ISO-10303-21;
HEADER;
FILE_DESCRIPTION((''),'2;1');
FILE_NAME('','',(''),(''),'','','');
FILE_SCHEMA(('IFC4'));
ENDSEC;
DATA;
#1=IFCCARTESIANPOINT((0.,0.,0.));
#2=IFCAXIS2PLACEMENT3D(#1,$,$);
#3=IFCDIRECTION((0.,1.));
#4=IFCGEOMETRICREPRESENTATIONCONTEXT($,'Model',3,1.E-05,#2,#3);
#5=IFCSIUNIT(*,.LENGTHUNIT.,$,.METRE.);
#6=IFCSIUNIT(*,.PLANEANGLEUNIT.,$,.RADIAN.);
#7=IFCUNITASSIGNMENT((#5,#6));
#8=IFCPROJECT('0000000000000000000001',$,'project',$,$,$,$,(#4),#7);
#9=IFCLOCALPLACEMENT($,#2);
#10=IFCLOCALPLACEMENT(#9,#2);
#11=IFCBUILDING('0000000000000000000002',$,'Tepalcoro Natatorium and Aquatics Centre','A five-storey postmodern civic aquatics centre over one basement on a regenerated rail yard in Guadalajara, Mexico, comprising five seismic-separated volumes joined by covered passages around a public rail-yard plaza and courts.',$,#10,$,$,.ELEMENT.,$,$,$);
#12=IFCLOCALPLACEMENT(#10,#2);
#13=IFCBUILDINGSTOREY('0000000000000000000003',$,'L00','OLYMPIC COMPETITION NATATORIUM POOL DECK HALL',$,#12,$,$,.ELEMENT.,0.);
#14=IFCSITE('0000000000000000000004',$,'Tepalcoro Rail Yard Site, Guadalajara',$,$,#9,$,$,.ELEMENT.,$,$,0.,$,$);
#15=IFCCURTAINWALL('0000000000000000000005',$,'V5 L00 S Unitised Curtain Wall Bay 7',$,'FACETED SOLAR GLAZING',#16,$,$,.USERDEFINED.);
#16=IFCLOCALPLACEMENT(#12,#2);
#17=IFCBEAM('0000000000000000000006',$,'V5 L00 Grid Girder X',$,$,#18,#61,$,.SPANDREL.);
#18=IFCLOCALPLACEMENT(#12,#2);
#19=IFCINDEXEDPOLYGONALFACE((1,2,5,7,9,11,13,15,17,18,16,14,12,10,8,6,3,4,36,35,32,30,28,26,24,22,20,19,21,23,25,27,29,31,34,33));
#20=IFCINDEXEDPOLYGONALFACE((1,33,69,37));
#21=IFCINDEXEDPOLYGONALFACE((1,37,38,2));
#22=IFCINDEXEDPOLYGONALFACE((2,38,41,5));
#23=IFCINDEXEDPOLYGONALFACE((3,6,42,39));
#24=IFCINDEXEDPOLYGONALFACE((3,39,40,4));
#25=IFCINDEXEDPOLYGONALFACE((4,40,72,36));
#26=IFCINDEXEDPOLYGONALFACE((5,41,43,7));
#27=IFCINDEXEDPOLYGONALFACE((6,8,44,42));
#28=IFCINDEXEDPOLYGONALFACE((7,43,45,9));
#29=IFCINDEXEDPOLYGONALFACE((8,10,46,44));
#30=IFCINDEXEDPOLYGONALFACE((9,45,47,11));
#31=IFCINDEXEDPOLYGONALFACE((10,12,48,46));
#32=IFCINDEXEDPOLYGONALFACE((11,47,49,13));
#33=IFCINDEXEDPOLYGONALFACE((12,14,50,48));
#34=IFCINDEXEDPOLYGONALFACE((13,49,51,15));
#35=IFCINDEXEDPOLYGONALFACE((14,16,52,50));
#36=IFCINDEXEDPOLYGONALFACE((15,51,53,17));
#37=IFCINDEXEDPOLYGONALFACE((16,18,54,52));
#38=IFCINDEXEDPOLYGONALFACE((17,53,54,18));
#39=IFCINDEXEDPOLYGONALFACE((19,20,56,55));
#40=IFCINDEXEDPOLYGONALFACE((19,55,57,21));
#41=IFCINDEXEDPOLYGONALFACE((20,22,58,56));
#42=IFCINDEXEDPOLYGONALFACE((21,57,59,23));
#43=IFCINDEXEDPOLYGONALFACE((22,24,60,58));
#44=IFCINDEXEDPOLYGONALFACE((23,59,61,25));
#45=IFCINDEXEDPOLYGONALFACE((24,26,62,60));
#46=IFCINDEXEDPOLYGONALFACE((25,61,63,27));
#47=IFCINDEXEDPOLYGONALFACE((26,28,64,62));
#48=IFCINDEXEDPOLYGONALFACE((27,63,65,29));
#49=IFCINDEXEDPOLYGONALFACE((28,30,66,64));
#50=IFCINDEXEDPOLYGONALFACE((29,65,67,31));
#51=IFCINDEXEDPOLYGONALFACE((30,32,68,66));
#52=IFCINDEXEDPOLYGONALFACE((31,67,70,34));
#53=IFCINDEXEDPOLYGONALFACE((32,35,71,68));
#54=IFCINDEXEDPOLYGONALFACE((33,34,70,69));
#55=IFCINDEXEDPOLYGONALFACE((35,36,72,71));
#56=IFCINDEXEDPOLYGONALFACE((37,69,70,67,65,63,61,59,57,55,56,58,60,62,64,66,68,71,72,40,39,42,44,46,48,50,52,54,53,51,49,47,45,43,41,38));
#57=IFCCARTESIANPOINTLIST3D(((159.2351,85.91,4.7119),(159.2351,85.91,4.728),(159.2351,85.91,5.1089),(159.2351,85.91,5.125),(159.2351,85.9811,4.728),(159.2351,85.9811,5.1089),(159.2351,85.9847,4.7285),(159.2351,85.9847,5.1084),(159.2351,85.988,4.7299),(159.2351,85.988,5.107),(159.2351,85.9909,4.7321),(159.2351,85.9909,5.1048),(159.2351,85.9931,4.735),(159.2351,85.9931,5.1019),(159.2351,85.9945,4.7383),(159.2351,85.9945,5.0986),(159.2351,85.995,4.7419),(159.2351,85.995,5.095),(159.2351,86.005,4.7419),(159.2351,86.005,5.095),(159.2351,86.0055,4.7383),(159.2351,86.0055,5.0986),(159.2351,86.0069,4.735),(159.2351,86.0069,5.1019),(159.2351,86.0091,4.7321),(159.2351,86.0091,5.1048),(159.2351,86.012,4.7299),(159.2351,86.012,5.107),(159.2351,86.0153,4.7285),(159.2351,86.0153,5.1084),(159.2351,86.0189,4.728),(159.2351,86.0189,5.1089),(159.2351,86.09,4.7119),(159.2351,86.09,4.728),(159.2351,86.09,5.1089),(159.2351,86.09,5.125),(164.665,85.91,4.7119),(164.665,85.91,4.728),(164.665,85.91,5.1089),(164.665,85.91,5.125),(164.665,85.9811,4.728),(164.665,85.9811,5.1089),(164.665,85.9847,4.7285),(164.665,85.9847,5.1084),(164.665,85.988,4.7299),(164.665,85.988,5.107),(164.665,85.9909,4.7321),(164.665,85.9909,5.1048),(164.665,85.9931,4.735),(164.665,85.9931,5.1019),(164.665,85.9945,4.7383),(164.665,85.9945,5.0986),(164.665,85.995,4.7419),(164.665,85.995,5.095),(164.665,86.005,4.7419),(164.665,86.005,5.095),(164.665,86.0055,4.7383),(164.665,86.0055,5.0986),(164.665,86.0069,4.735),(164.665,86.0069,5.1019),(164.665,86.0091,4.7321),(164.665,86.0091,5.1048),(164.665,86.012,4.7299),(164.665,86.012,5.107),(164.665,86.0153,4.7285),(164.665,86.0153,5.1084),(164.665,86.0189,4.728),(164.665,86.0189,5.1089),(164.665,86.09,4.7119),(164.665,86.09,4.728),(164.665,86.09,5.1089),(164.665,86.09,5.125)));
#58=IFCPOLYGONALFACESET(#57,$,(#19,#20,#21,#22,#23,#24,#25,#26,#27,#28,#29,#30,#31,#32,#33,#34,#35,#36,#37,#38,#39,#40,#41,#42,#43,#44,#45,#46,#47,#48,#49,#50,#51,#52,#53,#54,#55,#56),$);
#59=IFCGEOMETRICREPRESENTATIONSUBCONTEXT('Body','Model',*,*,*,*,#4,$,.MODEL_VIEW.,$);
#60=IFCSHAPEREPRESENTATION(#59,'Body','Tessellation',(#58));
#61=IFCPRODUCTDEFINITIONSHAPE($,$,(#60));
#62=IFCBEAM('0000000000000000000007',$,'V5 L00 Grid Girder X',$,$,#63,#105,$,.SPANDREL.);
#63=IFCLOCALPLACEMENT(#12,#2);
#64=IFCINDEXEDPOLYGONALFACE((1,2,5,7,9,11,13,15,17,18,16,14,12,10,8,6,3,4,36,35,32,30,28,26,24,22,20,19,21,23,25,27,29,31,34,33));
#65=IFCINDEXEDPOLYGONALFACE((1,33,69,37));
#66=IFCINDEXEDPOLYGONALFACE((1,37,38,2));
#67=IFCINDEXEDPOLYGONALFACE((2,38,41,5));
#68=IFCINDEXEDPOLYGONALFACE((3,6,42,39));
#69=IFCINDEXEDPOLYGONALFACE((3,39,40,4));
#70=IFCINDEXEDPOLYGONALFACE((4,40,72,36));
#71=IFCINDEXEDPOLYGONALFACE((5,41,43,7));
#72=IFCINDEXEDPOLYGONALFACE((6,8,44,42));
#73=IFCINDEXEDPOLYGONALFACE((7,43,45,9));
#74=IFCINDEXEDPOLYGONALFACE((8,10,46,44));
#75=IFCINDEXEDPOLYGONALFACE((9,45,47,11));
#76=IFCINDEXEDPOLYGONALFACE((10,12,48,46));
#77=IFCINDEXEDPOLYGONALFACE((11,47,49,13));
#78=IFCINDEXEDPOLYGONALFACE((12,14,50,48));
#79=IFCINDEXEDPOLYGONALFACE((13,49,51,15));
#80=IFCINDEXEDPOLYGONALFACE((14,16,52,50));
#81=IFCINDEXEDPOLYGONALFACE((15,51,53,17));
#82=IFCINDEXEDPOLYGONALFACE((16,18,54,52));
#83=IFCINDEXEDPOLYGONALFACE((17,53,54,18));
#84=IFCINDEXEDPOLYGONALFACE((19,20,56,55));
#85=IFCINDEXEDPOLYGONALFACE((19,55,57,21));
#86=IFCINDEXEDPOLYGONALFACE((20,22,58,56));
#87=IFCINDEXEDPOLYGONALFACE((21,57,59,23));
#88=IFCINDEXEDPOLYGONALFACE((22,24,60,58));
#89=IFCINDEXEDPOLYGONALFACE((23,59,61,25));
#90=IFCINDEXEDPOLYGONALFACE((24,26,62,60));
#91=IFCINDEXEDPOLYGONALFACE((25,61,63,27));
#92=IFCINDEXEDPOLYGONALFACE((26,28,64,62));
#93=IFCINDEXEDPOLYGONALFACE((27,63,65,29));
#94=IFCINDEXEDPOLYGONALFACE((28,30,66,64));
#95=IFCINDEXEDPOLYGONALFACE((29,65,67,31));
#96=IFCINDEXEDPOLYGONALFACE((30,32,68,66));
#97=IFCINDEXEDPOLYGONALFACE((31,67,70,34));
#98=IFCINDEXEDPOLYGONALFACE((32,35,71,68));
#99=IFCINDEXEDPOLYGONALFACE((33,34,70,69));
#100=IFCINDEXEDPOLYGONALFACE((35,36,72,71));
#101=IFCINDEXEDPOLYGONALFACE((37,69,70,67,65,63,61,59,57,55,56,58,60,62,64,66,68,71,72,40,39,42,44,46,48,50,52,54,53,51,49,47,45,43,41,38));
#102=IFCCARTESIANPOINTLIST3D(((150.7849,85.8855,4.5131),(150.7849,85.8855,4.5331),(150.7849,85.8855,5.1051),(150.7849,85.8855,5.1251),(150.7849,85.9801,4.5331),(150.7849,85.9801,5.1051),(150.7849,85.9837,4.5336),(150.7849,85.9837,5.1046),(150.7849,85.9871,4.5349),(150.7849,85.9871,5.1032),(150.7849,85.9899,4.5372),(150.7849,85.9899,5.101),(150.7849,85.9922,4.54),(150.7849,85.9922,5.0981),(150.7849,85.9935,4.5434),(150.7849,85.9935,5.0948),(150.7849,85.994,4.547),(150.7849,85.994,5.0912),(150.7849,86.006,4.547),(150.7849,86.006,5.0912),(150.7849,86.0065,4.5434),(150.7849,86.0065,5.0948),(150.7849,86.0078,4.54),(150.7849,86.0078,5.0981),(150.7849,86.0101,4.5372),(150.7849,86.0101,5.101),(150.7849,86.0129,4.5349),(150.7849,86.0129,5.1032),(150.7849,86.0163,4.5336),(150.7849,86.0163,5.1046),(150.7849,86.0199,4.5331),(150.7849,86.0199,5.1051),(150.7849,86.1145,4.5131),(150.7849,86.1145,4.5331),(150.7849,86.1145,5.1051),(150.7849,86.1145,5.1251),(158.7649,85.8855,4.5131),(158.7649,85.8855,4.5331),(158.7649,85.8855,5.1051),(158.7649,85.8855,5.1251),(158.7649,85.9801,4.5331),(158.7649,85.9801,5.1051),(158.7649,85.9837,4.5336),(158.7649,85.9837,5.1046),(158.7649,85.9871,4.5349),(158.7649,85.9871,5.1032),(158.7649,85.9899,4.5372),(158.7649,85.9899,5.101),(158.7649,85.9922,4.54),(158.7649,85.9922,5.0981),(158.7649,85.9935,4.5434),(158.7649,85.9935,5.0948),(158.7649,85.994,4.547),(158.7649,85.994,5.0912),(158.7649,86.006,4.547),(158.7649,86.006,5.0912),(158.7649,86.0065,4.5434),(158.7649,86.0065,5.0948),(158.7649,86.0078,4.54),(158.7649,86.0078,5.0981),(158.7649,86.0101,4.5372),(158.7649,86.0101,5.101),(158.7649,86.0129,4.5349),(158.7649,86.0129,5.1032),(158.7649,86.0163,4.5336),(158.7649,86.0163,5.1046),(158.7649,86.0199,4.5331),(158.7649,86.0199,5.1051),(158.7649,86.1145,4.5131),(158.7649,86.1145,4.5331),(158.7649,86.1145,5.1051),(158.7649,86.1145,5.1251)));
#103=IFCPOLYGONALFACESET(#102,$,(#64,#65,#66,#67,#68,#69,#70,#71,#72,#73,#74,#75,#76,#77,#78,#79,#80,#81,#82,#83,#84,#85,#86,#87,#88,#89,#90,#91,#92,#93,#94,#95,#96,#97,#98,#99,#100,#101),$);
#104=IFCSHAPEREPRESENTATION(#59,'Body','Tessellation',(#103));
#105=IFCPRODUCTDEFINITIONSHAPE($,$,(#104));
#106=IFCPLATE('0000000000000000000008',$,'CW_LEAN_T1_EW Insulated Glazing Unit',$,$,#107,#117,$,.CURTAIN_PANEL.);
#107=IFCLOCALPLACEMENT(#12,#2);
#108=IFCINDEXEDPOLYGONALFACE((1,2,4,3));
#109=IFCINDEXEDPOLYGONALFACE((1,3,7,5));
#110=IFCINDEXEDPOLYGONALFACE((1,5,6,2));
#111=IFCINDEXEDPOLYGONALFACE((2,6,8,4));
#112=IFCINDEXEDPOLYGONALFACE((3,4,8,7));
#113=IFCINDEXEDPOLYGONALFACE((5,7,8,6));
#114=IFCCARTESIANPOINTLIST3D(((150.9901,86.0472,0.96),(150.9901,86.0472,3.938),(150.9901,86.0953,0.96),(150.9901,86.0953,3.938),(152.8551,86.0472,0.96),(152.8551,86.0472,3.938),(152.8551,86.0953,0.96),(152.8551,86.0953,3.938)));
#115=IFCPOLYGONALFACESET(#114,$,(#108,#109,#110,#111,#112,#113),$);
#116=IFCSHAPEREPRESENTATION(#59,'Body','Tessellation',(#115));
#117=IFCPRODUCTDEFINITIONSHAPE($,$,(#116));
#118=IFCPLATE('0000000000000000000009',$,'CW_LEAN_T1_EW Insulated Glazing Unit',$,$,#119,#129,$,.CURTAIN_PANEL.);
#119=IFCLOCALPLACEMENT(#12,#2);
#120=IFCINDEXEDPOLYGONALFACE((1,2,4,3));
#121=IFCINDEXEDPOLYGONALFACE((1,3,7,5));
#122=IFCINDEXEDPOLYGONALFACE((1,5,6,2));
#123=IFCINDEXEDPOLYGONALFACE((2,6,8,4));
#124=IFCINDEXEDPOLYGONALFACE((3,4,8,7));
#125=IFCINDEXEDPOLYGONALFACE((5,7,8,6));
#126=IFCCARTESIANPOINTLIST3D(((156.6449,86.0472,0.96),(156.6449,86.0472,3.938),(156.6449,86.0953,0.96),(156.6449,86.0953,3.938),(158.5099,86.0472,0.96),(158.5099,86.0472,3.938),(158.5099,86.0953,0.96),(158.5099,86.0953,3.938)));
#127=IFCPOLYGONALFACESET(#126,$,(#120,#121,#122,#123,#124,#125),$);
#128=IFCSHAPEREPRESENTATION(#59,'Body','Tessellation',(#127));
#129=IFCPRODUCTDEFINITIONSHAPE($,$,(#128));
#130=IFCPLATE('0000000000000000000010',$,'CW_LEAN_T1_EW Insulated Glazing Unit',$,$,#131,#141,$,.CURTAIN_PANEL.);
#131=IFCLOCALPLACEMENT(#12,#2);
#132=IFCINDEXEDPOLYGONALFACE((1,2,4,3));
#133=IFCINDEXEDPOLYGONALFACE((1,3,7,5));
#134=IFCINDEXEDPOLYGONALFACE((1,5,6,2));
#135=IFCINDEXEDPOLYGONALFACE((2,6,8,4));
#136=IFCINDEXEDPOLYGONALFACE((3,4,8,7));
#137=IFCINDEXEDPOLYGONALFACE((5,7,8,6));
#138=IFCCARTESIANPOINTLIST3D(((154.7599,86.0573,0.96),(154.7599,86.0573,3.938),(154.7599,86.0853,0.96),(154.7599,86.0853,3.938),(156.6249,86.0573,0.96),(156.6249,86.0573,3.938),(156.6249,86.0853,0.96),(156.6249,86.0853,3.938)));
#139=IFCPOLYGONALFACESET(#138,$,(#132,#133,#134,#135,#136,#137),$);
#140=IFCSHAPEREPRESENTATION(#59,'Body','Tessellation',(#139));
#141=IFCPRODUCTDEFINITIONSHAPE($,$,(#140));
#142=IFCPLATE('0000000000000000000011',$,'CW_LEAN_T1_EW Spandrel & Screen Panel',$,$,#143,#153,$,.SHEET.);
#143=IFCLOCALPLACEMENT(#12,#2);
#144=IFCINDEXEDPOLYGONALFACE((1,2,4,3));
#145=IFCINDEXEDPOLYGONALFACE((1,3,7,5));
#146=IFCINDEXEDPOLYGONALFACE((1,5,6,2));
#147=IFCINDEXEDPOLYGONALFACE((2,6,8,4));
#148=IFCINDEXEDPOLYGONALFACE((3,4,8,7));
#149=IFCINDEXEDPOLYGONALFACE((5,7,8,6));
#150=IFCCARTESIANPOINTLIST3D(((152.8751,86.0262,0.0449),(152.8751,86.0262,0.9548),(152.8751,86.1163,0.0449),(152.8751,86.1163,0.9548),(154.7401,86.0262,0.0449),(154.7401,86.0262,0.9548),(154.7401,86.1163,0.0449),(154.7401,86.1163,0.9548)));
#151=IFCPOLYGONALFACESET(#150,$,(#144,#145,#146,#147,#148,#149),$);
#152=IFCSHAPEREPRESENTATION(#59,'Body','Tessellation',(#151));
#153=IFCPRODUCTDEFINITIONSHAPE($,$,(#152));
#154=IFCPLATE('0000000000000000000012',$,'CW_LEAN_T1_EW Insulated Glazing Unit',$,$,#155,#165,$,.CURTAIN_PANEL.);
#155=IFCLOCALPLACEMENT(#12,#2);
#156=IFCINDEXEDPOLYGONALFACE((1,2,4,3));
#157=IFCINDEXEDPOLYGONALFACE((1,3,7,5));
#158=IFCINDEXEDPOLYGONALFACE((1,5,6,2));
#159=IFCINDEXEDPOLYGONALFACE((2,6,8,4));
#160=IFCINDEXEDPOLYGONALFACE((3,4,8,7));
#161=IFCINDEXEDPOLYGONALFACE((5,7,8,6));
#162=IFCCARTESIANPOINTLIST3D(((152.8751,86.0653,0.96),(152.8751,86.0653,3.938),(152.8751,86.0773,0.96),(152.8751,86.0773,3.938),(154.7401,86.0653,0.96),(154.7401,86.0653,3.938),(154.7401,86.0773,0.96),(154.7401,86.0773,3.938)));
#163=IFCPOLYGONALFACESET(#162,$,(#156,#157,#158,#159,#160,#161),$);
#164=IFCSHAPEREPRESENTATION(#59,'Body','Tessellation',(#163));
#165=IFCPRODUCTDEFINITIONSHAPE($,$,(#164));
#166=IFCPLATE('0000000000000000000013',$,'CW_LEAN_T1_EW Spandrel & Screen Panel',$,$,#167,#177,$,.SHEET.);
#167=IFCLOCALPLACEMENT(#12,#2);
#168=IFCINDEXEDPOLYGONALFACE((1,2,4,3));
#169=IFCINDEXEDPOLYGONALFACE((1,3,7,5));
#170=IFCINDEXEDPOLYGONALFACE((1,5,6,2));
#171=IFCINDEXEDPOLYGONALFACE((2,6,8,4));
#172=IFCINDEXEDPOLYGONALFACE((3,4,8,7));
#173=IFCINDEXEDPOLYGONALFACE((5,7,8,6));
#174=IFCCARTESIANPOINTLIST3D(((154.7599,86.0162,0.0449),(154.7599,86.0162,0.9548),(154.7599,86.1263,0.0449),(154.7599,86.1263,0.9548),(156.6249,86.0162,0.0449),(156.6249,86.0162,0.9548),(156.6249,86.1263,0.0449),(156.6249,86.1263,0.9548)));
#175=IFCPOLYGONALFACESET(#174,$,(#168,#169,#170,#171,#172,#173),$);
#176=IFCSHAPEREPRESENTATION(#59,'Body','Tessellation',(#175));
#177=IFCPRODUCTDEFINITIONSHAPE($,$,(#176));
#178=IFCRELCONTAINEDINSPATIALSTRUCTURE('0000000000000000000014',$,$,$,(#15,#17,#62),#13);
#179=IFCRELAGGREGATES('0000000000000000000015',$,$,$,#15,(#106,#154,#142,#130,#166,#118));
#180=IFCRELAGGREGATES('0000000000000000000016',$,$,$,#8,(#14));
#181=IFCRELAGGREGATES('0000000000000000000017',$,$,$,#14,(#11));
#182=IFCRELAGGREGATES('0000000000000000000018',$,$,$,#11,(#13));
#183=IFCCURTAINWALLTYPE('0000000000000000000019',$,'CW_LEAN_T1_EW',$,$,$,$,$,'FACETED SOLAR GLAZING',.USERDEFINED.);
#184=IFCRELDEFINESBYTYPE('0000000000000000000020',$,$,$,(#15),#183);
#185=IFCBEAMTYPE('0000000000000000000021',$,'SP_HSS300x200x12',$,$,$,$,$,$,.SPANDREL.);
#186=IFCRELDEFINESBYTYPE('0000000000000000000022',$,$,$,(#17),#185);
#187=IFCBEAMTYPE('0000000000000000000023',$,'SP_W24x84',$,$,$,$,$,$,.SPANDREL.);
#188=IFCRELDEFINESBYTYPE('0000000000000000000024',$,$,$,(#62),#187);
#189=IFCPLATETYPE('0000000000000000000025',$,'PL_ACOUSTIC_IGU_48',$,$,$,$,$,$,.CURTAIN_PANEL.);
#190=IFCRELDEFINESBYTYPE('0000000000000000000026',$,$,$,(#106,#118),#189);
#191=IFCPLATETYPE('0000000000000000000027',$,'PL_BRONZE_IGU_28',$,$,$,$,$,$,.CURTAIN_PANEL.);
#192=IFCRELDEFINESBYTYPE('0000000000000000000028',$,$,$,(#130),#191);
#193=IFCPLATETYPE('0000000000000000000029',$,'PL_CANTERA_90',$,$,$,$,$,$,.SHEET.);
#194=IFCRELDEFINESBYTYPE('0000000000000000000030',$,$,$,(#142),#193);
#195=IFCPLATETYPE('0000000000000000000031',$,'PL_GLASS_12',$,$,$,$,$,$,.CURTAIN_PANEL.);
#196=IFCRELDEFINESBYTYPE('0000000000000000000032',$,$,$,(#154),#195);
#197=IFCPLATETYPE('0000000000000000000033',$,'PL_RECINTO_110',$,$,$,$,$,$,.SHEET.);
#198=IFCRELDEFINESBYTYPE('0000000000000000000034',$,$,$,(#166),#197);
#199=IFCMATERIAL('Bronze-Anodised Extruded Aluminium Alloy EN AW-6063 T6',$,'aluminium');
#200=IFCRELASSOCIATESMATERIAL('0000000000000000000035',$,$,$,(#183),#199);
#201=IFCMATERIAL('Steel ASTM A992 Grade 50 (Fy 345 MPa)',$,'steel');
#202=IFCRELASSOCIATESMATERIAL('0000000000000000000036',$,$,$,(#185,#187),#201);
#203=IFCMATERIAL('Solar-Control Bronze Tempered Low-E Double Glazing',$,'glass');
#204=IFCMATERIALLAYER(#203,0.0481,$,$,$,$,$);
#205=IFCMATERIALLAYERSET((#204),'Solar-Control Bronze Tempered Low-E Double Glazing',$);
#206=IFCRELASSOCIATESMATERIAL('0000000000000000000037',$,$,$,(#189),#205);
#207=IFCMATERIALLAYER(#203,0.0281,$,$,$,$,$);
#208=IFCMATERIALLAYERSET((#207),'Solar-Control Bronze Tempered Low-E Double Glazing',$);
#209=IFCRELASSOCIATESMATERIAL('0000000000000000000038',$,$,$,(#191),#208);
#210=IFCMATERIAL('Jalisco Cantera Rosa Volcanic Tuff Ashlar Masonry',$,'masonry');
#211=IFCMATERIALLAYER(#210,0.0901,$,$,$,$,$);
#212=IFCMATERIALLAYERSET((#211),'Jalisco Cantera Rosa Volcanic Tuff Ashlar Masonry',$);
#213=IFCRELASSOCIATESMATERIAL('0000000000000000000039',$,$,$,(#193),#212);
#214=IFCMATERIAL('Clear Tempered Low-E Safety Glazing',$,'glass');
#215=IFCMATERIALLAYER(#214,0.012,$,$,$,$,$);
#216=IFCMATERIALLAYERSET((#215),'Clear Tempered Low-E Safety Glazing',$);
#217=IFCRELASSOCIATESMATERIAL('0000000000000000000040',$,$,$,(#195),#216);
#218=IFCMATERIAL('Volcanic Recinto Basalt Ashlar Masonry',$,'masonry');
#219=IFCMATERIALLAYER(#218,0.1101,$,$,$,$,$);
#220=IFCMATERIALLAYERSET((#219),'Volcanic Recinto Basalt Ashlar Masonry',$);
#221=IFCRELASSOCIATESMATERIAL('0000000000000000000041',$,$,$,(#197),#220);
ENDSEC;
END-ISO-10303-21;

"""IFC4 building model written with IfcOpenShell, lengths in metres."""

from ifc_helpers import new_model, si_unit, direction, frame, origin, origin_2d, place, context, subcontext, project, spatial, rectangle, i_section, extrude, material, layer, layer_set, material_profile, profile_set, type_object, element, aggregate, save


model = new_model("IFC4")

# Units and contexts
model_context = context("Model", 3, precision=1e-05, world=origin(), true_north=direction((0.0, 1.0)))
body_context = subcontext(model_context, "Body", "Model", "MODEL_VIEW")
ifc_project = project(units=[si_unit("LENGTHUNIT", "METRE"), si_unit("PLANEANGLEUNIT", "RADIAN")], contexts=[model_context])

# Site, building, storey
site_placement = place(None, origin())
site = spatial("IfcSite", under=ifc_project, at=site_placement, Name="Tepalcoro Rail Yard Site, Guadalajara", CompositionType="ELEMENT", RefElevation=0.0)
building_placement = place(site_placement, origin())
building = spatial("IfcBuilding", under=site, at=building_placement, Name="Tepalcoro Natatorium and Aquatics Centre", Description="A five-storey postmodern civic aquatics centre over one basement on a regenerated rail yard in Guadalajara, Mexico, comprising five seismic-separated volumes joined by covered passages around a public rail-yard plaza and courts.", CompositionType="ELEMENT")
storey_placement = place(building_placement, origin())
storey = spatial("IfcBuildingStorey", under=building, at=storey_placement, Name="L00", Description="OLYMPIC COMPETITION NATATORIUM POOL DECK HALL", CompositionType="ELEMENT", Elevation=0.0)

# Shared definitions
ifc_material_1 = material(Name="Bronze-Anodised Extruded Aluminium Alloy EN AW-6063 T6", Category="aluminium")

# Curtain wall
curtain_wall_type_1 = type_object("IfcCurtainWallType", Name="CW_LEAN_T1_EW", ElementType="FACETED SOLAR GLAZING", PredefinedType="USERDEFINED", material=ifc_material_1)
curtain_wall_1_placement = place(storey_placement, origin())
curtain_wall_1 = element("IfcCurtainWall", 1, at=curtain_wall_1_placement, inside=storey, type_object=curtain_wall_type_1, Name="V5 L00 S Unitised Curtain Wall Bay 7", ObjectType="FACETED SOLAR GLAZING", PredefinedType="USERDEFINED")

# Beams
ifc_material_2 = material(Name="Steel ASTM A992 Grade 50 (Fy 345 MPa)", Category="steel")
ifc_material_profile_1 = material_profile(ifc_material_2, i_section(OverallWidth=0.1799, OverallDepth=0.4131, WebThickness=0.01, FlangeThickness=0.0161, FilletRadius=0.0139, at=origin_2d()), Name="W16X50")
ifc_profile_set_1 = profile_set([ifc_material_profile_1], Name="Steel ASTM A992 Grade 50 (Fy 345 MPa)")
beam_type_1 = type_object("IfcBeamType", Name="SP_HSS300x200x12", PredefinedType="SPANDREL", material=ifc_profile_set_1)
beam_1_placement = place(storey_placement, frame((159.2351, 86.0, 4.9185), z_axis=(1.0, 0.0, 0.0), x_axis=(0.0, 1.0, 0.0)))
element("IfcBeam", 2, at=beam_1_placement, inside=storey, type_object=beam_type_1, Name="V5 L00 Grid Girder X", PredefinedType="SPANDREL", context=body_context, shape_type="SweptSolid", body=[
    extrude(i_section(OverallWidth=0.1799, OverallDepth=0.4131, WebThickness=0.01, FlangeThickness=0.0161, FilletRadius=0.0139, at=origin_2d()), origin(), (0.0, 0.0, 1.0), 5.4299),
])
ifc_material_profile_2 = material_profile(ifc_material_2, i_section(OverallWidth=0.229, OverallDepth=0.6121, WebThickness=0.012, FlangeThickness=0.02, FilletRadius=0.0139, at=origin_2d()), Name="W24X84")
ifc_profile_set_2 = profile_set([ifc_material_profile_2], Name="Steel ASTM A992 Grade 50 (Fy 345 MPa)")
beam_type_2 = type_object("IfcBeamType", Name="SP_W24x84", PredefinedType="SPANDREL", material=ifc_profile_set_2)
beam_2_placement = place(storey_placement, frame((150.7849, 86.0, 4.8191), z_axis=(1.0, 0.0, 0.0), x_axis=(0.0, 1.0, 0.0)))
element("IfcBeam", 3, at=beam_2_placement, inside=storey, type_object=beam_type_2, Name="V5 L00 Grid Girder X", PredefinedType="SPANDREL", context=body_context, shape_type="SweptSolid", body=[
    extrude(i_section(OverallWidth=0.229, OverallDepth=0.6121, WebThickness=0.012, FlangeThickness=0.02, FilletRadius=0.0139, at=origin_2d()), origin(), (0.0, 0.0, 1.0), 7.98),
])

# Plates
ifc_material_3 = material(Name="Solar-Control Bronze Tempered Low-E Double Glazing", Category="glass")
ifc_layer_1 = layer(ifc_material_3, 0.0481)
ifc_layer_set_1 = layer_set([ifc_layer_1], Name="Solar-Control Bronze Tempered Low-E Double Glazing")
plate_type_1 = type_object("IfcPlateType", Name="PL_ACOUSTIC_IGU_48", PredefinedType="CURTAIN_PANEL", material=ifc_layer_set_1)
plate_1_placement = place(storey_placement, frame((151.9226, 86.0713, 0.96), z_axis=(0.0, 0.0, 1.0), x_axis=(1.0, 0.0, 0.0)))
plate_1 = element("IfcPlate", 4, at=plate_1_placement, type_object=plate_type_1, Name="CW_LEAN_T1_EW Insulated Glazing Unit", PredefinedType="CURTAIN_PANEL", context=body_context, shape_type="SweptSolid", body=[
    extrude(rectangle(XDim=1.865, YDim=0.0481, at=origin_2d()), origin(), (0.0, 0.0, 1.0), 2.978),
])
plate_2_placement = place(storey_placement, frame((157.5774, 86.0713, 0.96), z_axis=(0.0, 0.0, 1.0), x_axis=(1.0, 0.0, 0.0)))
plate_2 = element("IfcPlate", 5, at=plate_2_placement, type_object=plate_type_1, Name="CW_LEAN_T1_EW Insulated Glazing Unit", PredefinedType="CURTAIN_PANEL", context=body_context, shape_type="SweptSolid", body=[
    extrude(rectangle(XDim=1.865, YDim=0.0481, at=origin_2d()), origin(), (0.0, 0.0, 1.0), 2.978),
])
ifc_layer_2 = layer(ifc_material_3, 0.0281)
ifc_layer_set_2 = layer_set([ifc_layer_2], Name="Solar-Control Bronze Tempered Low-E Double Glazing")
plate_type_2 = type_object("IfcPlateType", Name="PL_BRONZE_IGU_28", PredefinedType="CURTAIN_PANEL", material=ifc_layer_set_2)
plate_3_placement = place(storey_placement, frame((155.6924, 86.0713, 0.96), z_axis=(0.0, 0.0, 1.0), x_axis=(1.0, 0.0, 0.0)))
plate_3 = element("IfcPlate", 6, at=plate_3_placement, type_object=plate_type_2, Name="CW_LEAN_T1_EW Insulated Glazing Unit", PredefinedType="CURTAIN_PANEL", context=body_context, shape_type="SweptSolid", body=[
    extrude(rectangle(XDim=1.865, YDim=0.0281, at=origin_2d()), origin(), (0.0, 0.0, 1.0), 2.978),
])
ifc_material_4 = material(Name="Jalisco Cantera Rosa Volcanic Tuff Ashlar Masonry", Category="masonry")
ifc_layer_3 = layer(ifc_material_4, 0.0901)
ifc_layer_set_3 = layer_set([ifc_layer_3], Name="Jalisco Cantera Rosa Volcanic Tuff Ashlar Masonry")
plate_type_3 = type_object("IfcPlateType", Name="PL_CANTERA_90", PredefinedType="SHEET", material=ifc_layer_set_3)
plate_4_placement = place(storey_placement, frame((153.8076, 86.0713, 0.0449), z_axis=(0.0, 0.0, 1.0), x_axis=(1.0, 0.0, 0.0)))
plate_4 = element("IfcPlate", 7, at=plate_4_placement, type_object=plate_type_3, Name="CW_LEAN_T1_EW Spandrel & Screen Panel", PredefinedType="SHEET", context=body_context, shape_type="SweptSolid", body=[
    extrude(rectangle(XDim=1.865, YDim=0.0901, at=origin_2d()), origin(), (0.0, 0.0, 1.0), 0.9099),
])
ifc_material_5 = material(Name="Clear Tempered Low-E Safety Glazing", Category="glass")
ifc_layer_4 = layer(ifc_material_5, 0.012)
ifc_layer_set_4 = layer_set([ifc_layer_4], Name="Clear Tempered Low-E Safety Glazing")
plate_type_4 = type_object("IfcPlateType", Name="PL_GLASS_12", PredefinedType="CURTAIN_PANEL", material=ifc_layer_set_4)
plate_5_placement = place(storey_placement, frame((153.8076, 86.0713, 0.96), z_axis=(0.0, 0.0, 1.0), x_axis=(1.0, 0.0, 0.0)))
plate_5 = element("IfcPlate", 8, at=plate_5_placement, type_object=plate_type_4, Name="CW_LEAN_T1_EW Insulated Glazing Unit", PredefinedType="CURTAIN_PANEL", context=body_context, shape_type="SweptSolid", body=[
    extrude(rectangle(XDim=1.865, YDim=0.012, at=origin_2d()), origin(), (0.0, 0.0, 1.0), 2.978),
])
ifc_material_6 = material(Name="Volcanic Recinto Basalt Ashlar Masonry", Category="masonry")
ifc_layer_5 = layer(ifc_material_6, 0.1101)
ifc_layer_set_5 = layer_set([ifc_layer_5], Name="Volcanic Recinto Basalt Ashlar Masonry")
plate_type_5 = type_object("IfcPlateType", Name="PL_RECINTO_110", PredefinedType="SHEET", material=ifc_layer_set_5)
plate_6_placement = place(storey_placement, frame((155.6924, 86.0713, 0.0449), z_axis=(0.0, 0.0, 1.0), x_axis=(1.0, 0.0, 0.0)))
plate_6 = element("IfcPlate", 9, at=plate_6_placement, type_object=plate_type_5, Name="CW_LEAN_T1_EW Spandrel & Screen Panel", PredefinedType="SHEET", context=body_context, shape_type="SweptSolid", body=[
    extrude(rectangle(XDim=1.865, YDim=0.1101, at=origin_2d()), origin(), (0.0, 0.0, 1.0), 0.9099),
])
aggregate(curtain_wall_1, [plate_1, plate_5, plate_4, plate_3, plate_6, plate_2])

save(model, "model.ifc")
